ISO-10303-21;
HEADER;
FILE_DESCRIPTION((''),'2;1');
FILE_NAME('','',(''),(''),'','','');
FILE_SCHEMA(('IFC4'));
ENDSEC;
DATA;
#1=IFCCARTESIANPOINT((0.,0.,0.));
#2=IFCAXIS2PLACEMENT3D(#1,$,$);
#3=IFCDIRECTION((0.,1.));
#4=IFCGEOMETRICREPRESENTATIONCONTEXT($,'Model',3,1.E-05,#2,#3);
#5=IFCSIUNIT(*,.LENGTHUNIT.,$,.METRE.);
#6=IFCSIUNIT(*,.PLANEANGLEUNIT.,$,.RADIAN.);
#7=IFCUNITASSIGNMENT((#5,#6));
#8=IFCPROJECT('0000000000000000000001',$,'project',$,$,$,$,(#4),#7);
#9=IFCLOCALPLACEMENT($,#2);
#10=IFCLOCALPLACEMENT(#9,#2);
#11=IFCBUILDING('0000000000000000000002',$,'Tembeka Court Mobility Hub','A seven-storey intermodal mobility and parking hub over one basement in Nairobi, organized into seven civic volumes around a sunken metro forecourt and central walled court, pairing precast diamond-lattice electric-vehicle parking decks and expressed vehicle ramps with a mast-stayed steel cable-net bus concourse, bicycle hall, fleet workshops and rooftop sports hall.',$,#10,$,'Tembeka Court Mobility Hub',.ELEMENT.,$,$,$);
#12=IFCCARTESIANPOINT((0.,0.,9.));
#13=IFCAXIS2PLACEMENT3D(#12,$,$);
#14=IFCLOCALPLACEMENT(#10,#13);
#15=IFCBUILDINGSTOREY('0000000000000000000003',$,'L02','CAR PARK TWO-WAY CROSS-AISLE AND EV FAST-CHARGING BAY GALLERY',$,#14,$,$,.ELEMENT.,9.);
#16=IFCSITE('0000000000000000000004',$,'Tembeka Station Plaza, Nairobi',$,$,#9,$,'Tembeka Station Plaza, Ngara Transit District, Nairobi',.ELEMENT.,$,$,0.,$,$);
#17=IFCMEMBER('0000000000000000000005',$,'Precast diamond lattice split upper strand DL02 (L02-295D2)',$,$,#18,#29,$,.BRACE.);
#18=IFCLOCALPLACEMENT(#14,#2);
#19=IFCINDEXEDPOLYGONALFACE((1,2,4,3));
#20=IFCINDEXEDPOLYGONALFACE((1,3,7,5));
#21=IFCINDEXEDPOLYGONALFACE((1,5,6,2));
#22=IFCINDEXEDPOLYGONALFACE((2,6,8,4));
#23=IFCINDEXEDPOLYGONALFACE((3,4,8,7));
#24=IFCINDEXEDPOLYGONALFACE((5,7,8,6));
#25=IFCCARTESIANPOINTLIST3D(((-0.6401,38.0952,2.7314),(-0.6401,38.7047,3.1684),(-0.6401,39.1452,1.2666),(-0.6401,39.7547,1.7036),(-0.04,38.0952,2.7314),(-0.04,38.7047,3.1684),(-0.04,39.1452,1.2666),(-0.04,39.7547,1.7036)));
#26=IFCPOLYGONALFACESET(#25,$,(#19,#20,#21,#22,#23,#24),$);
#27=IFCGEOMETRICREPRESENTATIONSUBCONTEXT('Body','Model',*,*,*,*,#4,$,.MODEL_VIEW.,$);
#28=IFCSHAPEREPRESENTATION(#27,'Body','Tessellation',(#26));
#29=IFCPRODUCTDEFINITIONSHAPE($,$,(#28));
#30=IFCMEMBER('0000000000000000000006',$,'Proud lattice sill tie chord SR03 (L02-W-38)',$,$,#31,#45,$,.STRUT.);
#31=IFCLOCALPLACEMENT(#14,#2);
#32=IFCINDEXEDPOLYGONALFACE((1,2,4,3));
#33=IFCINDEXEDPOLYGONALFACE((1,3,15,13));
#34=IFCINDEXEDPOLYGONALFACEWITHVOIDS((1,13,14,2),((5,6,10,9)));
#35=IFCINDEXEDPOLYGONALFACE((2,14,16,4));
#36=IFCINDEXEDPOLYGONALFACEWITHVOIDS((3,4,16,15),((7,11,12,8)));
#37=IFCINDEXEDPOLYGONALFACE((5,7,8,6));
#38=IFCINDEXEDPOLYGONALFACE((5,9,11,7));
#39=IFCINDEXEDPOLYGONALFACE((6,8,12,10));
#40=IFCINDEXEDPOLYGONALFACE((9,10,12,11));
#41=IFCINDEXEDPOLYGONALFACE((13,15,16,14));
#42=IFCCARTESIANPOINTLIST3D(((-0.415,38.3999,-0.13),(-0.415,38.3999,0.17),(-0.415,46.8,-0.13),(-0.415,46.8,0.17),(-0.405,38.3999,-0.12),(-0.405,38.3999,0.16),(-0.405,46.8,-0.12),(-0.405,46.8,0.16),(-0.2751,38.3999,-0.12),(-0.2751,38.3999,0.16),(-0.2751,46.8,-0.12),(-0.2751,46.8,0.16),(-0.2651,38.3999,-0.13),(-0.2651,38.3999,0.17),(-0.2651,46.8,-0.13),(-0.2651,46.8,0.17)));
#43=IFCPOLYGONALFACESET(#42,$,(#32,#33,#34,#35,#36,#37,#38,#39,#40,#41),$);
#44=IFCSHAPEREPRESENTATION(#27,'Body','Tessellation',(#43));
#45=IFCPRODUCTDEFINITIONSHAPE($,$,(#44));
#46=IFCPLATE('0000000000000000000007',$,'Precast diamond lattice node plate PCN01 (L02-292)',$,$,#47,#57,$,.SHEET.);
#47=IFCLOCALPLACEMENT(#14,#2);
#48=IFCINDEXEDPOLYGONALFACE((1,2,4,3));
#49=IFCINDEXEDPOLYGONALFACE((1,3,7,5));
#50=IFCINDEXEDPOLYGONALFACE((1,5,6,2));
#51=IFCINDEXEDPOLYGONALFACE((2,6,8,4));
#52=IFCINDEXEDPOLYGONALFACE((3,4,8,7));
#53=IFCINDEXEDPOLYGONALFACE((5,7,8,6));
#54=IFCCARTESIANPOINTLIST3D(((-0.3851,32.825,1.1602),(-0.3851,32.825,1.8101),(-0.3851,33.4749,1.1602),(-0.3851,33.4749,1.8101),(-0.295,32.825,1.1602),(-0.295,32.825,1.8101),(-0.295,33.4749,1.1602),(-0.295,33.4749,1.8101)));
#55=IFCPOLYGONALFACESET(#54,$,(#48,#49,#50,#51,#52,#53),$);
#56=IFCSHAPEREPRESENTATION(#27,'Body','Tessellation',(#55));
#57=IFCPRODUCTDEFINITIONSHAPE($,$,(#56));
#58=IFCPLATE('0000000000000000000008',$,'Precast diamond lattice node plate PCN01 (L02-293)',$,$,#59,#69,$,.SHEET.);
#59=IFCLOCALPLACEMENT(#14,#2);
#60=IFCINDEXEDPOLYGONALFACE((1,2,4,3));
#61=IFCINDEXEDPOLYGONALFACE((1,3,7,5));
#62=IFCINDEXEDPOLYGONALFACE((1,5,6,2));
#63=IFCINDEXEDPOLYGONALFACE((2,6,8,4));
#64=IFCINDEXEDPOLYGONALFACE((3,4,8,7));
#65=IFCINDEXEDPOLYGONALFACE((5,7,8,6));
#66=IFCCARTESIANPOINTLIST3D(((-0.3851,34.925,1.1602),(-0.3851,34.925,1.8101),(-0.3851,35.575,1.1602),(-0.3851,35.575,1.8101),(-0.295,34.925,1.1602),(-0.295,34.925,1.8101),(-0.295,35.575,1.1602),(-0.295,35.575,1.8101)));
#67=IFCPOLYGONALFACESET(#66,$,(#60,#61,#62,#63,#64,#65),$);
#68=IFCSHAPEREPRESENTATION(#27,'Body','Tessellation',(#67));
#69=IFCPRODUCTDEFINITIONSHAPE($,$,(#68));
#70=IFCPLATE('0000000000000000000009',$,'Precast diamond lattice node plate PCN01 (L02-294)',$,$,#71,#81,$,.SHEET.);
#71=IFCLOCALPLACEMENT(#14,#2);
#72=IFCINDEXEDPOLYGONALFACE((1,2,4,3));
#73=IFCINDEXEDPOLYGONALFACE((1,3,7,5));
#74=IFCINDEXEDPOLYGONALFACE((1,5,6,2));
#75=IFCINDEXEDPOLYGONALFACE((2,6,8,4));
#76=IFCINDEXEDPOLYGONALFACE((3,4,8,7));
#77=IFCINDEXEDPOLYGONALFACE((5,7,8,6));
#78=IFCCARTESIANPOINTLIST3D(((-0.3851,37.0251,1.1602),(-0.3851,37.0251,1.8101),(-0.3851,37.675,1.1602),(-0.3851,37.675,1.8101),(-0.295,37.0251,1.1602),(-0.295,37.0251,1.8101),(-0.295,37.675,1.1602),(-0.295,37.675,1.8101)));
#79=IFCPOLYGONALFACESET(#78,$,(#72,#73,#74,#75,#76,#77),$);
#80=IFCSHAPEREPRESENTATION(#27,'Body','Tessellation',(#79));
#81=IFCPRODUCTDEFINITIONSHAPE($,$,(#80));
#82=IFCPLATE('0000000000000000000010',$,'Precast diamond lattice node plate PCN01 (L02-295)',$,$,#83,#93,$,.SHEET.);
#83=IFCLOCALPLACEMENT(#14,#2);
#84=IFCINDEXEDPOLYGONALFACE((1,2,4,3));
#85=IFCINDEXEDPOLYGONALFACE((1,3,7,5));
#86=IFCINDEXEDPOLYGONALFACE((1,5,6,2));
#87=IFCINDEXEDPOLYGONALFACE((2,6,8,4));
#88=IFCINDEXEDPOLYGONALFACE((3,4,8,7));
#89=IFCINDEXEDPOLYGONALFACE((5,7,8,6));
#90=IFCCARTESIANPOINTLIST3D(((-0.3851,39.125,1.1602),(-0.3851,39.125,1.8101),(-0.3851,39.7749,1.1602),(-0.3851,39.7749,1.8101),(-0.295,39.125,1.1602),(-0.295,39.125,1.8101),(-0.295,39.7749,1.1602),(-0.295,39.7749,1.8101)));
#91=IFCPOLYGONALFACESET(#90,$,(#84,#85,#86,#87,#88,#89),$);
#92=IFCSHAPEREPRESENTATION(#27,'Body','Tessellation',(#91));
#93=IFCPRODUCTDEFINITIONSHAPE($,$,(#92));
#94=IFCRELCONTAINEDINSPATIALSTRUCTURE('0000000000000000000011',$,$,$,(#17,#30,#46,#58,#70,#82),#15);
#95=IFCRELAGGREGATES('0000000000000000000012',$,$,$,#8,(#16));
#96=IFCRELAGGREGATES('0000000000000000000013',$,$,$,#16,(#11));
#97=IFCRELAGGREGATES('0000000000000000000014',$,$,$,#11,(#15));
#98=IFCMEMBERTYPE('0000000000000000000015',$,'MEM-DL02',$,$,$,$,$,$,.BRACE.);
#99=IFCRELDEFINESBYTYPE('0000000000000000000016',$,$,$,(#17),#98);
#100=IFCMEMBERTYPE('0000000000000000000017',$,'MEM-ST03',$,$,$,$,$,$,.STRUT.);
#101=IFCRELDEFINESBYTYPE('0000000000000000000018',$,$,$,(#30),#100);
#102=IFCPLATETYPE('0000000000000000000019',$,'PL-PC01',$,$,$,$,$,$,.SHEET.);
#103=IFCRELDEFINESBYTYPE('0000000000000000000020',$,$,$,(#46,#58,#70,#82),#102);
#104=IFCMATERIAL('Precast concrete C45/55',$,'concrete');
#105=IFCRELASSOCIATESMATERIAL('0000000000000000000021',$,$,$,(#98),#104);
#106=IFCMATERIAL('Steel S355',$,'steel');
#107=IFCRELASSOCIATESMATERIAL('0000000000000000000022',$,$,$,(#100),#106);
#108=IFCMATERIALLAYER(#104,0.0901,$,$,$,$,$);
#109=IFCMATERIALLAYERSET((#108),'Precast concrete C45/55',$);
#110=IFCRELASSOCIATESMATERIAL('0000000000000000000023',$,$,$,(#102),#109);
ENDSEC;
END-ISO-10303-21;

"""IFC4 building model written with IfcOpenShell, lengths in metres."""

from ifc_helpers import new_model, si_unit, direction, frame, origin, origin_2d, place, context, subcontext, project, spatial, rectangle, hollow_rectangle, extrude, material, layer, layer_set, material_profile, profile_set, type_object, element, save


model = new_model("IFC4")

# Units and contexts
model_context = context("Model", 3, precision=1e-05, world=origin(), true_north=direction((0.0, 1.0)))
body_context = subcontext(model_context, "Body", "Model", "MODEL_VIEW")
ifc_project = project(units=[si_unit("LENGTHUNIT", "METRE"), si_unit("PLANEANGLEUNIT", "RADIAN")], contexts=[model_context])

# Site, building, storey
site_placement = place(None, origin())
site = spatial("IfcSite", under=ifc_project, at=site_placement, Name="Tembeka Station Plaza, Nairobi", LongName="Tembeka Station Plaza, Ngara Transit District, Nairobi", CompositionType="ELEMENT", RefElevation=0.0)
building_placement = place(site_placement, origin())
building = spatial("IfcBuilding", under=site, at=building_placement, Name="Tembeka Court Mobility Hub", Description="A seven-storey intermodal mobility and parking hub over one basement in Nairobi, organized into seven civic volumes around a sunken metro forecourt and central walled court, pairing precast diamond-lattice electric-vehicle parking decks and expressed vehicle ramps with a mast-stayed steel cable-net bus concourse, bicycle hall, fleet workshops and rooftop sports hall.", LongName="Tembeka Court Mobility Hub", CompositionType="ELEMENT")
storey_placement = place(building_placement, frame((0.0, 0.0, 9.0)))
storey = spatial("IfcBuildingStorey", under=building, at=storey_placement, Name="L02", Description="CAR PARK TWO-WAY CROSS-AISLE AND EV FAST-CHARGING BAY GALLERY", CompositionType="ELEMENT", Elevation=9.0)

# Shared definitions
ifc_material_1 = material(Name="Steel S355", Category="steel")

# Members
ifc_material_2 = material(Name="Precast concrete C45/55", Category="concrete")
ifc_material_profile_1 = material_profile(ifc_material_2, rectangle(XDim=0.6001, YDim=0.75, at=origin_2d()), Name="PC-DIAG 600x750")
ifc_profile_set_1 = profile_set([ifc_material_profile_1], Name="Precast concrete C45/55")
member_type_1 = type_object("IfcMemberType", Name="MEM-DL02", PredefinedType="BRACE", material=ifc_profile_set_1)
member_1_placement = place(storey_placement, frame((-0.3401, 39.45, 1.4851), z_axis=(0.0, -0.582608, 0.812753), x_axis=(1.0, 0.0, 0.0)))
element("IfcMember", 1, at=member_1_placement, inside=storey, type_object=member_type_1, Name="Precast diamond lattice split upper strand DL02 (L02-295D2)", PredefinedType="BRACE", context=body_context, shape_type="SweptSolid", body=[
    extrude(rectangle(XDim=0.6001, YDim=0.75, at=origin_2d()), origin(), (0.0, 0.0, 1.0), 1.8022),
])
ifc_material_profile_2 = material_profile(ifc_material_1, hollow_rectangle(XDim=0.1499, YDim=0.3, WallThickness=0.01, at=origin_2d()), Name="RHS 300x150x10")
ifc_profile_set_2 = profile_set([ifc_material_profile_2], Name="Steel S355")
member_type_2 = type_object("IfcMemberType", Name="MEM-ST03", PredefinedType="STRUT", material=ifc_profile_set_2)
member_2_placement = place(storey_placement, frame((-0.3401, 38.3999, 0.02), z_axis=(0.0, 1.0, 0.0), x_axis=(-1.0, 0.0, 0.0)))
element("IfcMember", 2, at=member_2_placement, inside=storey, type_object=member_type_2, Name="Proud lattice sill tie chord SR03 (L02-W-38)", PredefinedType="STRUT", context=body_context, shape_type="SweptSolid", body=[
    extrude(hollow_rectangle(XDim=0.1499, YDim=0.3, WallThickness=0.01, at=origin_2d()), origin(), (0.0, 0.0, 1.0), 8.4001),
])

# Plates
ifc_layer = layer(ifc_material_2, 0.0901)
ifc_layer_set = layer_set([ifc_layer], Name="Precast concrete C45/55")
plate_type = type_object("IfcPlateType", Name="PL-PC01", PredefinedType="SHEET", material=ifc_layer_set)
for number, where, z_axis, x_axis, name in (
    (3, (-0.3401, 33.1499, 1.1602), (0.0, 0.0, 1.0), (1.0, 0.0, 0.0), "Precast diamond lattice node plate PCN01 (L02-292)"),
    (4, (-0.3401, 35.25, 1.1602), (0.0, 0.0, 1.0), (1.0, 0.0, 0.0), "Precast diamond lattice node plate PCN01 (L02-293)"),
    (5, (-0.3401, 37.3501, 1.1602), (0.0, 0.0, 1.0), (1.0, 0.0, 0.0), "Precast diamond lattice node plate PCN01 (L02-294)"),
    (6, (-0.3401, 39.45, 1.1602), (0.0, 0.0, 1.0), (1.0, 0.0, 0.0), "Precast diamond lattice node plate PCN01 (L02-295)"),
):
    element("IfcPlate", number, at=place(storey_placement, frame(where, z_axis=z_axis, x_axis=x_axis)), inside=storey, type_object=plate_type, Name=name, PredefinedType="SHEET", context=body_context, shape_type="SweptSolid", body=[
        extrude(rectangle(XDim=0.0901, YDim=0.6499, at=origin_2d()), origin(), (0.0, 0.0, 1.0), 0.6499),
    ])

save(model, "model.ifc")
